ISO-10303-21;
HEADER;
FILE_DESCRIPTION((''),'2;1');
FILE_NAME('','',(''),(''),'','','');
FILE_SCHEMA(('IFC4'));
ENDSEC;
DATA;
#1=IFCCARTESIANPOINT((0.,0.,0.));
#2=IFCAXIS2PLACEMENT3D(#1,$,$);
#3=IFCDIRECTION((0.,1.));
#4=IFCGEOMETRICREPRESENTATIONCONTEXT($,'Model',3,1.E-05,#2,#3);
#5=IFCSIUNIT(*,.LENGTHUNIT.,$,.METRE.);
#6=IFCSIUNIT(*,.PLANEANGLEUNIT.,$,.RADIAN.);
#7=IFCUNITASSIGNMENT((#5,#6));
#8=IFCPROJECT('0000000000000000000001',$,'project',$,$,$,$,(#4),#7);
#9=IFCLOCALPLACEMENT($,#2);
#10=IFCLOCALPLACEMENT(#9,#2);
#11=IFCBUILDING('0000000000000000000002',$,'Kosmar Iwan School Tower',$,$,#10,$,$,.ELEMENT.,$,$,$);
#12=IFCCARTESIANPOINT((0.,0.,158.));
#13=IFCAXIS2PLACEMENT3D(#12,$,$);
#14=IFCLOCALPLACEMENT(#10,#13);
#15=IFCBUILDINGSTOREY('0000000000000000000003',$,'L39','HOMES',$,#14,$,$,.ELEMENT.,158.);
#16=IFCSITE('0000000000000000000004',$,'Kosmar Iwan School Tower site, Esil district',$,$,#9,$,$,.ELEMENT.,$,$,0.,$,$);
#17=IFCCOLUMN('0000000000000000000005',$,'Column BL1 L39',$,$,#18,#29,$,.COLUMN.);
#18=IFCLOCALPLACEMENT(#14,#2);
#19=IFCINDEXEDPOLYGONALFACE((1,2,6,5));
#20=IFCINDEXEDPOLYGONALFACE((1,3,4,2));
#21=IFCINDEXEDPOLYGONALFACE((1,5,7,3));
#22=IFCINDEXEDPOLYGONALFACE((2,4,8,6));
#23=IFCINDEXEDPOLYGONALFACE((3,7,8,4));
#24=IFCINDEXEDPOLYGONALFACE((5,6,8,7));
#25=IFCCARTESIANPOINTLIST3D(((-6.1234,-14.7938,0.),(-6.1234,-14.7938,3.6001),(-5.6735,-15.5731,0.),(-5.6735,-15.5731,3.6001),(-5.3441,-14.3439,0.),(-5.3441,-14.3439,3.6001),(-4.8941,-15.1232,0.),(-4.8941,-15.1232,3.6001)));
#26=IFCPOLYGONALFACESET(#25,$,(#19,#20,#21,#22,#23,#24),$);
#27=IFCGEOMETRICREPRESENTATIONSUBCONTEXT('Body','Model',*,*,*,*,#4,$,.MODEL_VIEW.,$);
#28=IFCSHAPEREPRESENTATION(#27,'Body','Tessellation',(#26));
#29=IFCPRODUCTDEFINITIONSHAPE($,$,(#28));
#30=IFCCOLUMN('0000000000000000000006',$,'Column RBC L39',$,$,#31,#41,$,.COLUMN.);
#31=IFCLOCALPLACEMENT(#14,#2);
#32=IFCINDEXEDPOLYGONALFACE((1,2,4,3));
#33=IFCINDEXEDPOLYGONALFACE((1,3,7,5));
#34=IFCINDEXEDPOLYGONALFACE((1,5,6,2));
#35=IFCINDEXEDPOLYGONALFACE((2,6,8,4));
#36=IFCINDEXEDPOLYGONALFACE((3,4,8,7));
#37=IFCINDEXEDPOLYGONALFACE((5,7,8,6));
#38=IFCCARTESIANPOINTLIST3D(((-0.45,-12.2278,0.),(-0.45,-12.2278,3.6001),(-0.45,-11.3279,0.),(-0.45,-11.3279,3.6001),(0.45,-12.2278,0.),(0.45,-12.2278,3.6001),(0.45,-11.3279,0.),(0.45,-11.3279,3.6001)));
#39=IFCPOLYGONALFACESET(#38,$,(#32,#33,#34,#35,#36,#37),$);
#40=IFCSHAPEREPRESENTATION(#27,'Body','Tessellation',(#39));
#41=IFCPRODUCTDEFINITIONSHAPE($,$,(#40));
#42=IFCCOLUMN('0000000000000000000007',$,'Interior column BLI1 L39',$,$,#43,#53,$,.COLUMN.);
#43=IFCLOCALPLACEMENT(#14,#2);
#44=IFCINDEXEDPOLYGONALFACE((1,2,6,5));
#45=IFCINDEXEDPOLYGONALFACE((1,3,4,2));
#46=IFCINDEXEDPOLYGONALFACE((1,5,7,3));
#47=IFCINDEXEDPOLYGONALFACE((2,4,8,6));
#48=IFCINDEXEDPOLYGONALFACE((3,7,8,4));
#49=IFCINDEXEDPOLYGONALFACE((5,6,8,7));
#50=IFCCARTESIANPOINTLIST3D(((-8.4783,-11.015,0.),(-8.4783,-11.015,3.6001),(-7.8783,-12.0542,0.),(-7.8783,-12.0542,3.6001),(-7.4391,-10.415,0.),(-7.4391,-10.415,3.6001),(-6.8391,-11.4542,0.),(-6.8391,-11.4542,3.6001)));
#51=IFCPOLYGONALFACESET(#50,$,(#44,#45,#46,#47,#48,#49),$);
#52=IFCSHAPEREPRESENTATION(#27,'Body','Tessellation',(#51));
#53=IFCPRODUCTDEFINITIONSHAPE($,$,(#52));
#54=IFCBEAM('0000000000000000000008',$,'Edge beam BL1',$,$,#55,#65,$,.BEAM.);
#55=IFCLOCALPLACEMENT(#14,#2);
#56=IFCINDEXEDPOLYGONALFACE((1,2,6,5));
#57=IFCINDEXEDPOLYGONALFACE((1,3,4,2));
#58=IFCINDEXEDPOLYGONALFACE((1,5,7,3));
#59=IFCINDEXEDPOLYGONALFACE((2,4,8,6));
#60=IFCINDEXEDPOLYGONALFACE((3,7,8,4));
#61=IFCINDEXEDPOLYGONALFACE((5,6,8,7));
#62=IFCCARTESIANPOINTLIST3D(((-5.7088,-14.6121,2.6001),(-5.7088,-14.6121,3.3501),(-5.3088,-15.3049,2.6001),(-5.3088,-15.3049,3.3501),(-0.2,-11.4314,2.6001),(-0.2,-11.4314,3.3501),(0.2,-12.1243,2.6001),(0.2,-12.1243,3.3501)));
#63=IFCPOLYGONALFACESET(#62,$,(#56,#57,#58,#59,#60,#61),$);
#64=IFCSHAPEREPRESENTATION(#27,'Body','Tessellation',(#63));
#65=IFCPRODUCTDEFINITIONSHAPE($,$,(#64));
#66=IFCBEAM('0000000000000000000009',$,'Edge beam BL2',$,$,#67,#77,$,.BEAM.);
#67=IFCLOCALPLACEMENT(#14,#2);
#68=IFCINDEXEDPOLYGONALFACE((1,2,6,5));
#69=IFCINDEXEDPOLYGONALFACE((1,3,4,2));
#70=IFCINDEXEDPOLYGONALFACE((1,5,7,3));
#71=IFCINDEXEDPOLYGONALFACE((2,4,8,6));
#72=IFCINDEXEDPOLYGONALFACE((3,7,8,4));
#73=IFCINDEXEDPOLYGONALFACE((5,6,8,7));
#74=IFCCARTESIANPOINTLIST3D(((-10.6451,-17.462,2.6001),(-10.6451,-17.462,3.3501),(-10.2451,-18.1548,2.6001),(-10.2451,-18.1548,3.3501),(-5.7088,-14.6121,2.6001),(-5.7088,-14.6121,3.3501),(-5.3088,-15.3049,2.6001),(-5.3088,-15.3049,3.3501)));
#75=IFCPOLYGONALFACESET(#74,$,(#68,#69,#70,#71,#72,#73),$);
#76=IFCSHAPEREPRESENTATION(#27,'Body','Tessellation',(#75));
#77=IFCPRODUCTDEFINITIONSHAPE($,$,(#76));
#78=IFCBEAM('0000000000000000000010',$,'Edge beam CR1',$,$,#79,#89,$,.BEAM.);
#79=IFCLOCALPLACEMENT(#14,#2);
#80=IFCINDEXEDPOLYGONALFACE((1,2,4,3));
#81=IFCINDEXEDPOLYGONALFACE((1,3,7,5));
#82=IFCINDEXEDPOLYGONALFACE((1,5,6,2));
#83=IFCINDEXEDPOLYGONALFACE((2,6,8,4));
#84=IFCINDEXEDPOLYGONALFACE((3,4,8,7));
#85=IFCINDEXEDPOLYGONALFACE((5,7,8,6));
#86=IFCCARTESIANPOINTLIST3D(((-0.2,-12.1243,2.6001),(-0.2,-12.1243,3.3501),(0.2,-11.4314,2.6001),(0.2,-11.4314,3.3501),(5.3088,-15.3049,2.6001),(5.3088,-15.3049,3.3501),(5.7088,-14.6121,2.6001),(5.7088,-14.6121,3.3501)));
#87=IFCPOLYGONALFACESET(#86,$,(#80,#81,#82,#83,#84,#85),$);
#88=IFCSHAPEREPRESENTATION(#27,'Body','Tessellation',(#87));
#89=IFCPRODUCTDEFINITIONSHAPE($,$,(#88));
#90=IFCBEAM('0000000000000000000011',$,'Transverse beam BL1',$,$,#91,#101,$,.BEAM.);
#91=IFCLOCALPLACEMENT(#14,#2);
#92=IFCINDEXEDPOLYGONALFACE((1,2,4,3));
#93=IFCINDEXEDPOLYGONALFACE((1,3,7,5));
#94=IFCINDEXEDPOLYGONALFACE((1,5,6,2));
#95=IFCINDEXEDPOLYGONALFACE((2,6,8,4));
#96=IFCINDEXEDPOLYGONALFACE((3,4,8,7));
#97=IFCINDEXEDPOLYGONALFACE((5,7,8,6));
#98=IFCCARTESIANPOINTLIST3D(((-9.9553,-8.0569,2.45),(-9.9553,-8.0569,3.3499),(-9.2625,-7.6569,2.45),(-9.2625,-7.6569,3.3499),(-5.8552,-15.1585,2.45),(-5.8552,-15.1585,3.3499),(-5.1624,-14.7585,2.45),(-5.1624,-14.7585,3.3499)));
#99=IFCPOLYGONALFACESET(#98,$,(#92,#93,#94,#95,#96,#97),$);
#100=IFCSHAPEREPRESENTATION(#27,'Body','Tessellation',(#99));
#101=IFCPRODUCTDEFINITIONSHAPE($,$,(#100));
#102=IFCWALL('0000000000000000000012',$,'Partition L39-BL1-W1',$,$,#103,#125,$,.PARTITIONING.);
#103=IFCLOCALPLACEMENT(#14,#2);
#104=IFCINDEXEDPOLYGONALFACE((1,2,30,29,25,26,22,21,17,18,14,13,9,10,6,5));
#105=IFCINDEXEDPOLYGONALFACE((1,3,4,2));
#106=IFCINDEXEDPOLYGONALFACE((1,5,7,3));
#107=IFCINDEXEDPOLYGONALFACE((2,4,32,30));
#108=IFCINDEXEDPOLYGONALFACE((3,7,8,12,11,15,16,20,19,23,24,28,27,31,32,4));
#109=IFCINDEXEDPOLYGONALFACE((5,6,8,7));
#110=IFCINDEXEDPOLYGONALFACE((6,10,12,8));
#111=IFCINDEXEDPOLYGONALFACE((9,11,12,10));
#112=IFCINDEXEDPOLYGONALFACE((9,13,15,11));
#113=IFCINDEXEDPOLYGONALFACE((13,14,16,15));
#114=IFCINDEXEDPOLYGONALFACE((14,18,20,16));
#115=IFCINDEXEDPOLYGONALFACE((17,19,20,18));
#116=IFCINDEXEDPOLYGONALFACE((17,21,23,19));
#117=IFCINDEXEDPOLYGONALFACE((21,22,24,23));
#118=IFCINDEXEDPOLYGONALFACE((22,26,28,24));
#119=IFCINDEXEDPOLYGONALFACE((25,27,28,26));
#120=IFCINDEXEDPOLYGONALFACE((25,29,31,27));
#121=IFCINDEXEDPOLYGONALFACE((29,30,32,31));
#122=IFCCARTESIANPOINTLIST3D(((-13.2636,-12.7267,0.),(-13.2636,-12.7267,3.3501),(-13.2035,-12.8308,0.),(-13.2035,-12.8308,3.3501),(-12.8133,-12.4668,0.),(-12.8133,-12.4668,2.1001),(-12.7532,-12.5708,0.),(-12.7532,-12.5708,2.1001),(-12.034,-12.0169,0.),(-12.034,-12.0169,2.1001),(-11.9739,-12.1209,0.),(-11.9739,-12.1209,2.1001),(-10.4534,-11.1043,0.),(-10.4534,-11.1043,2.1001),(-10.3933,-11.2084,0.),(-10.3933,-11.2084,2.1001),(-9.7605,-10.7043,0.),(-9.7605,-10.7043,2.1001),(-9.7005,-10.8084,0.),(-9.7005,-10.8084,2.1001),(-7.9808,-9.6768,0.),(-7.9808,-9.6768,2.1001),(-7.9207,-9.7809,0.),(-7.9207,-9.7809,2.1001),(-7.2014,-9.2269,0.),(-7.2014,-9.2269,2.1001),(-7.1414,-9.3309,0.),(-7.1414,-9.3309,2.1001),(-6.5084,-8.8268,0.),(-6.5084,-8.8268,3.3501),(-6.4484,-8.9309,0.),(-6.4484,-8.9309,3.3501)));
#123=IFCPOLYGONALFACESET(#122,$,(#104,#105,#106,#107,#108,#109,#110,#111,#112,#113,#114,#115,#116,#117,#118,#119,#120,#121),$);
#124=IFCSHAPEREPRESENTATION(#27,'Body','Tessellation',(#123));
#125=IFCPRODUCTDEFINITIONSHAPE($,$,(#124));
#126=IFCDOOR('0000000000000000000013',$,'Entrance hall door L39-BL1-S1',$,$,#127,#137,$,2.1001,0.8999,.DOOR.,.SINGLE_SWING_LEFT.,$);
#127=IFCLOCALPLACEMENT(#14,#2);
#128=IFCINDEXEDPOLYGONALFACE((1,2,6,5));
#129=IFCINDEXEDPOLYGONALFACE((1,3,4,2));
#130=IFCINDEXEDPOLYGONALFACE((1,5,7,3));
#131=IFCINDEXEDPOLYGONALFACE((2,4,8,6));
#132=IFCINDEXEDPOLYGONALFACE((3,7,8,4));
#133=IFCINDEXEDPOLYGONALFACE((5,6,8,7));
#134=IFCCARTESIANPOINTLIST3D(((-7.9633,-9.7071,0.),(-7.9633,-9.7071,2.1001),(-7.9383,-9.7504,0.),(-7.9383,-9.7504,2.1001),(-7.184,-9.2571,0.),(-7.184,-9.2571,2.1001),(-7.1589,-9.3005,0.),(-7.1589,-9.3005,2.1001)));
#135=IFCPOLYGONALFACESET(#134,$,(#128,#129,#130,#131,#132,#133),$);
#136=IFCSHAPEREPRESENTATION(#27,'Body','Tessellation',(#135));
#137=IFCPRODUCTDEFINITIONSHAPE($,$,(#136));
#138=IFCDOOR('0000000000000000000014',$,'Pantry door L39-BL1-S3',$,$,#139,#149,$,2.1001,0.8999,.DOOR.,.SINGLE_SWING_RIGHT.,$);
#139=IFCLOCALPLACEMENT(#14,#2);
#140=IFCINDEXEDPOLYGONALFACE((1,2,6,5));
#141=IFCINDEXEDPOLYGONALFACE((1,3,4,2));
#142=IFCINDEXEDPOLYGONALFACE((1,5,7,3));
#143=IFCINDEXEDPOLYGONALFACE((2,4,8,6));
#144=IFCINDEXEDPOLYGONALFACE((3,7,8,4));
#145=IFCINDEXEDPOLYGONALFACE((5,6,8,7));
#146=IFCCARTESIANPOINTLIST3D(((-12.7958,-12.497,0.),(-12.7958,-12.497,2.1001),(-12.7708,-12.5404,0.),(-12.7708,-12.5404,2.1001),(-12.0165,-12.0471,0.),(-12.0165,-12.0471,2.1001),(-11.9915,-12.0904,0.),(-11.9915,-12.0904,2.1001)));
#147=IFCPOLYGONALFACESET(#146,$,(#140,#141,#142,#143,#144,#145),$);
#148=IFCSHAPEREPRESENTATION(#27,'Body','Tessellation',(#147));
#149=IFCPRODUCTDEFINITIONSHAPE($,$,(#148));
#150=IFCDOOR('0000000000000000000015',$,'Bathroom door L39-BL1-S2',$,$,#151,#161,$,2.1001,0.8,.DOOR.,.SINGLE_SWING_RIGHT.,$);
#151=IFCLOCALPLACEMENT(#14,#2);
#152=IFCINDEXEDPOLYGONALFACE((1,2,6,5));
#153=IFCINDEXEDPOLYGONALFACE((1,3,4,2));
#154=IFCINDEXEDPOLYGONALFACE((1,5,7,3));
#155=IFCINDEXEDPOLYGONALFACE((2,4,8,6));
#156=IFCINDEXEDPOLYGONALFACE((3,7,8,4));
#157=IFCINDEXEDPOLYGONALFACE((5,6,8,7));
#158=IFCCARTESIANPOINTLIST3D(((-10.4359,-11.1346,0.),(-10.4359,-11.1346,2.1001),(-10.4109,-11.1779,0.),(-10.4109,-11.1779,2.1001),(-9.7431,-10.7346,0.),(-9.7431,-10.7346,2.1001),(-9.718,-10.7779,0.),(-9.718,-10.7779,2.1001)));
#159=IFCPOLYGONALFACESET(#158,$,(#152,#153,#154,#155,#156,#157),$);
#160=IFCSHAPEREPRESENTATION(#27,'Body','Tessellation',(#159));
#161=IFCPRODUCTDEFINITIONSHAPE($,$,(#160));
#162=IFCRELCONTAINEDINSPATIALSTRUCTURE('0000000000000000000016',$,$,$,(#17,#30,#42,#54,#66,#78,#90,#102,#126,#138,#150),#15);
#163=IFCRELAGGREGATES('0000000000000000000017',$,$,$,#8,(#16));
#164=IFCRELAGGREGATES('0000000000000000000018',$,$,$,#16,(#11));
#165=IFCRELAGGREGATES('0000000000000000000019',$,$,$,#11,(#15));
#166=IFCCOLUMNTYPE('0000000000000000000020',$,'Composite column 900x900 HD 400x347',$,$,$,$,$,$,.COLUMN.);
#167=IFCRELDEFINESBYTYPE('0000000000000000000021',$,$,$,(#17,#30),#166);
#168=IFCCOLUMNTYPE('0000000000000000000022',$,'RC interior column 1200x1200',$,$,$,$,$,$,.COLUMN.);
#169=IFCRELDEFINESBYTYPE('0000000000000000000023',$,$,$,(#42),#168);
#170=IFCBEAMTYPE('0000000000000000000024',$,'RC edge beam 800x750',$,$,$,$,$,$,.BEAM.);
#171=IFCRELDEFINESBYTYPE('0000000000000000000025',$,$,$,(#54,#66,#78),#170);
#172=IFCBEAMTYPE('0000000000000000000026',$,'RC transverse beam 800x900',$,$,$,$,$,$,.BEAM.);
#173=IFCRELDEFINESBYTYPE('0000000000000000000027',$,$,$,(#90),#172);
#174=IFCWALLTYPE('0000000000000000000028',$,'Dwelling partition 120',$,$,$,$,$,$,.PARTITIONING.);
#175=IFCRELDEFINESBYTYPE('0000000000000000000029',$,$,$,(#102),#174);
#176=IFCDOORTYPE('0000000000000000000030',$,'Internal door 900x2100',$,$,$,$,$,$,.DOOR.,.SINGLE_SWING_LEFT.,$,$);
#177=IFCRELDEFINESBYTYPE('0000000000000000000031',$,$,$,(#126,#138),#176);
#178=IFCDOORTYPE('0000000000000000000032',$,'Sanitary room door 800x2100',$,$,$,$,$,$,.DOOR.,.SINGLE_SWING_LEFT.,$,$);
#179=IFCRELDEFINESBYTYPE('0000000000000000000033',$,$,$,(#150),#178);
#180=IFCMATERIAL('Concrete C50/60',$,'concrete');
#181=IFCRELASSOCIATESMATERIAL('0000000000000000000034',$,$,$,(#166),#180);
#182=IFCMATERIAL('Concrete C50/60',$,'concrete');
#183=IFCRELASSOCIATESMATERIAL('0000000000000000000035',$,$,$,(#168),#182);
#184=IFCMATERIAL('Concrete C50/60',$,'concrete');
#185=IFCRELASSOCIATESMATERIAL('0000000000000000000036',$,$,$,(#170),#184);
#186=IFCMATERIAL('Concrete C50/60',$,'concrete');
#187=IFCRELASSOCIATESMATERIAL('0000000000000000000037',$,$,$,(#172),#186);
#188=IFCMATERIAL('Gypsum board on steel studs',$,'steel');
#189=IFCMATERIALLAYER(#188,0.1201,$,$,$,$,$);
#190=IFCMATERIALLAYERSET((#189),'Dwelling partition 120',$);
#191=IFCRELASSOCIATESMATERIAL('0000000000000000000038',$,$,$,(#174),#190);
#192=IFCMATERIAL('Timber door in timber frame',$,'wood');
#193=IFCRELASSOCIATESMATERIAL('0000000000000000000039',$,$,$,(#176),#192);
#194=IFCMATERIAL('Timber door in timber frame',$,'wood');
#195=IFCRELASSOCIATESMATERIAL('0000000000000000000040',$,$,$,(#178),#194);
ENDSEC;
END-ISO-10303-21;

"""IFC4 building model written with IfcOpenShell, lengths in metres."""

from ifc_helpers import new_model, si_unit, direction, frame, frame_2d, origin, origin_2d, place, context, subcontext, project, spatial, rectangle, extrude, material, layer, layer_set, material_profile, profile_set, type_object, element, fill, save


model = new_model("IFC4")

# Units and contexts
model_context = context("Model", 3, precision=1e-05, world=origin(), true_north=direction((0.0, 1.0)))
body_context = subcontext(model_context, "Body", "Model", "MODEL_VIEW")
ifc_project = project(units=[si_unit("LENGTHUNIT", "METRE"), si_unit("PLANEANGLEUNIT", "RADIAN")], contexts=[model_context])

# Site, building, storey
site_placement = place(None, origin())
site = spatial("IfcSite", under=ifc_project, at=site_placement, Name="Kosmar Iwan School Tower site, Esil district", CompositionType="ELEMENT", RefElevation=0.0)
building_placement = place(site_placement, origin())
building = spatial("IfcBuilding", under=site, at=building_placement, Name="Kosmar Iwan School Tower", CompositionType="ELEMENT")
storey_placement = place(building_placement, frame((0.0, 0.0, 158.0)))
storey = spatial("IfcBuildingStorey", under=building, at=storey_placement, Name="L39", Description="HOMES", CompositionType="ELEMENT", Elevation=158.0)

# Columns
ifc_material_1 = material(Name="Concrete C50/60", Category="concrete")
ifc_material_profile_1 = material_profile(ifc_material_1, rectangle(XDim=0.8999, YDim=0.8999, at=origin_2d()), Name="RC 900x900 + HD 400x347")
ifc_profile_set_1 = profile_set([ifc_material_profile_1], Name="Concrete C50/60")
column_type_1 = type_object("IfcColumnType", Name="Composite column 900x900 HD 400x347", PredefinedType="COLUMN", material=ifc_profile_set_1)
for number, where, z_axis, x_axis, name in (
    (1, (-5.5088, -14.9585, 0.0), (0.0, 0.0, 1.0), (-0.866025, -0.5, 0.0), "Column BL1 L39"),
    (2, (0.0, -11.7778, 0.0), (0.0, 0.0, 1.0), (1.0, 0.0, 0.0), "Column RBC L39"),
):
    element("IfcColumn", number, at=place(storey_placement, frame(where, z_axis=z_axis, x_axis=x_axis)), inside=storey, type_object=column_type_1, Name=name, PredefinedType="COLUMN", context=body_context, shape_type="SweptSolid", body=[
        extrude(rectangle(XDim=0.8999, YDim=0.8999, at=origin_2d()), origin(), (0.0, 0.0, 1.0), 3.6001),
    ])
ifc_material_2 = material(Name="Concrete C50/60", Category="concrete")
ifc_material_profile_2 = material_profile(ifc_material_2, rectangle(XDim=1.2, YDim=1.2, at=origin_2d()), Name="RC 1200x1200")
ifc_profile_set_2 = profile_set([ifc_material_profile_2], Name="Concrete C50/60")
column_type_2 = type_object("IfcColumnType", Name="RC interior column 1200x1200", PredefinedType="COLUMN", material=ifc_profile_set_2)
column_placement = place(storey_placement, frame((-7.6587, -11.2346, 0.0), z_axis=(0.0, 0.0, 1.0), x_axis=(-0.866025, -0.5, 0.0)))
element("IfcColumn", 3, at=column_placement, inside=storey, type_object=column_type_2, Name="Interior column BLI1 L39", PredefinedType="COLUMN", context=body_context, shape_type="SweptSolid", body=[
    extrude(rectangle(XDim=1.2, YDim=1.2, at=origin_2d()), origin(), (0.0, 0.0, 1.0), 3.6001),
])

# Beams
ifc_material_3 = material(Name="Concrete C50/60", Category="concrete")
ifc_material_profile_3 = material_profile(ifc_material_3, rectangle(XDim=0.8, YDim=0.75, at=origin_2d()), Name="RC 800x750")
ifc_profile_set_3 = profile_set([ifc_material_profile_3], Name="Concrete C50/60")
beam_type_1 = type_object("IfcBeamType", Name="RC edge beam 800x750", PredefinedType="BEAM", material=ifc_profile_set_3)
beam_1_placement = place(storey_placement, frame((0.0, -11.7778, 2.9751), z_axis=(-0.866014, -0.500019, 0.0), x_axis=(0.500019, -0.866014, 0.0)))
element("IfcBeam", 4, at=beam_1_placement, inside=storey, type_object=beam_type_1, Name="Edge beam BL1", PredefinedType="BEAM", context=body_context, shape_type="SweptSolid", body=[
    extrude(rectangle(XDim=0.8, YDim=0.75, at=origin_2d()), origin(), (0.0, 0.0, 1.0), 6.3611),
])
beam_2_placement = place(storey_placement, frame((-5.5088, -14.9585, 2.9751), z_axis=(-0.866034, -0.499986, 0.0), x_axis=(0.499986, -0.866034, 0.0)))
element("IfcBeam", 5, at=beam_2_placement, inside=storey, type_object=beam_type_1, Name="Edge beam BL2", PredefinedType="BEAM", context=body_context, shape_type="SweptSolid", body=[
    extrude(rectangle(XDim=0.8, YDim=0.75, at=origin_2d()), origin(), (0.0, 0.0, 1.0), 5.7),
])
beam_3_placement = place(storey_placement, frame((0.0, -11.7778, 2.9751), z_axis=(0.866014, -0.500019, 0.0), x_axis=(0.500019, 0.866014, 0.0)))
element("IfcBeam", 6, at=beam_3_placement, inside=storey, type_object=beam_type_1, Name="Edge beam CR1", PredefinedType="BEAM", context=body_context, shape_type="SweptSolid", body=[
    extrude(rectangle(XDim=0.8, YDim=0.75, at=origin_2d()), origin(), (0.0, 0.0, 1.0), 6.3611),
])
ifc_material_4 = material(Name="Concrete C50/60", Category="concrete")
ifc_material_profile_4 = material_profile(ifc_material_4, rectangle(XDim=0.8, YDim=0.8999, at=origin_2d()), Name="RC 800x900")
ifc_profile_set_4 = profile_set([ifc_material_profile_4], Name="Concrete C50/60")
beam_type_2 = type_object("IfcBeamType", Name="RC transverse beam 800x900", PredefinedType="BEAM", material=ifc_profile_set_4)
beam_4_placement = place(storey_placement, frame((-5.5088, -14.9585, 2.8999), z_axis=(-0.500001, 0.866025, 0.0), x_axis=(-0.866025, -0.500001, 0.0)))
element("IfcBeam", 7, at=beam_4_placement, inside=storey, type_object=beam_type_2, Name="Transverse beam BL1", PredefinedType="BEAM", context=body_context, shape_type="SweptSolid", body=[
    extrude(rectangle(XDim=0.8, YDim=0.8999, at=origin_2d()), origin(), (0.0, 0.0, 1.0), 8.2002),
])

# Wall, openings, doors
ifc_material_5 = material(Name="Gypsum board on steel studs", Category="steel")
ifc_layer_1 = layer(ifc_material_5, 0.1201)
ifc_layer_set_1 = layer_set([ifc_layer_1], Name="Dwelling partition 120")
wall_type_1 = type_object("IfcWallType", Name="Dwelling partition 120", PredefinedType="PARTITIONING", material=ifc_layer_set_1)
wall_1_placement = place(storey_placement, frame((-6.4785, -8.8789, 0.0), z_axis=(0.0, 0.0, 1.0), x_axis=(-0.866035, -0.499983, 0.0)))
wall_1 = element("IfcWall", 8, at=wall_1_placement, inside=storey, type_object=wall_type_1, Name="Partition L39-BL1-W1", PredefinedType="PARTITIONING", context=body_context, shape_type="SweptSolid", body=[
    extrude(rectangle(XDim=7.8, YDim=0.1201, at=frame_2d((3.8999, 0.0))), origin(), (0.0, 0.0, 1.0), 3.3501),
])
opening_1_placement = place(wall_1_placement, frame((0.8, 0.0, 0.0)))
opening_1 = element("IfcOpeningElement", 9, at=opening_1_placement, cuts=wall_1, PredefinedType="OPENING", context=body_context, shape_type="SweptSolid", body=[
    extrude(rectangle(XDim=0.8999, YDim=2.1001, at=frame_2d((0.45, 1.05))), frame((0.0, 0.072, 0.0), z_axis=(0.0, -1.0, 0.0), x_axis=(1.0, 0.0, 0.0)), (0.0, 0.0, 1.0), 0.144),
])
opening_2_placement = place(wall_1_placement, frame((3.7551, 0.0, 0.0)))
opening_2 = element("IfcOpeningElement", 10, at=opening_2_placement, cuts=wall_1, PredefinedType="OPENING", context=body_context, shape_type="SweptSolid", body=[
    extrude(rectangle(XDim=0.8, YDim=2.1001, at=frame_2d((0.3999, 1.05))), frame((0.0, 0.072, 0.0), z_axis=(0.0, -1.0, 0.0), x_axis=(1.0, 0.0, 0.0)), (0.0, 0.0, 1.0), 0.144),
])
opening_3_placement = place(wall_1_placement, frame((6.3801, 0.0, 0.0)))
opening_3 = element("IfcOpeningElement", 11, at=opening_3_placement, cuts=wall_1, PredefinedType="OPENING", context=body_context, shape_type="SweptSolid", body=[
    extrude(rectangle(XDim=0.8999, YDim=2.1001, at=frame_2d((0.45, 1.05))), frame((0.0, 0.072, 0.0), z_axis=(0.0, -1.0, 0.0), x_axis=(1.0, 0.0, 0.0)), (0.0, 0.0, 1.0), 0.144),
])
ifc_material_6 = material(Name="Timber door in timber frame", Category="wood")
door_type_1 = type_object("IfcDoorType", Name="Internal door 900x2100", OperationType="SINGLE_SWING_LEFT", PredefinedType="DOOR", material=ifc_material_6)
door_1_placement = place(opening_1_placement, origin())
door_1 = element("IfcDoor", 12, at=door_1_placement, inside=storey, type_object=door_type_1, Name="Entrance hall door L39-BL1-S1", OperationType="SINGLE_SWING_LEFT", OverallHeight=2.1001, OverallWidth=0.8999, PredefinedType="DOOR", context=body_context, shape_type="SweptSolid", body=[
    extrude(rectangle(XDim=0.8999, YDim=2.1001, at=frame_2d((0.45, 1.05))), frame((0.0, 0.0249, 0.0), z_axis=(0.0, -1.0, 0.0), x_axis=(1.0, 0.0, 0.0)), (0.0, 0.0, 1.0), 0.05),
])
fill(opening_1, door_1)
door_2_placement = place(opening_3_placement, origin())
door_2 = element("IfcDoor", 13, at=door_2_placement, inside=storey, type_object=door_type_1, Name="Pantry door L39-BL1-S3", OperationType="SINGLE_SWING_RIGHT", OverallHeight=2.1001, OverallWidth=0.8999, PredefinedType="DOOR", context=body_context, shape_type="SweptSolid", body=[
    extrude(rectangle(XDim=0.8999, YDim=2.1001, at=frame_2d((0.45, 1.05))), frame((0.0, 0.0249, 0.0), z_axis=(0.0, -1.0, 0.0), x_axis=(1.0, 0.0, 0.0)), (0.0, 0.0, 1.0), 0.05),
])
fill(opening_3, door_2)
ifc_material_7 = material(Name="Timber door in timber frame", Category="wood")
door_type_2 = type_object("IfcDoorType", Name="Sanitary room door 800x2100", OperationType="SINGLE_SWING_LEFT", PredefinedType="DOOR", material=ifc_material_7)
door_3_placement = place(opening_2_placement, origin())
door_3 = element("IfcDoor", 14, at=door_3_placement, inside=storey, type_object=door_type_2, Name="Bathroom door L39-BL1-S2", OperationType="SINGLE_SWING_RIGHT", OverallHeight=2.1001, OverallWidth=0.8, PredefinedType="DOOR", context=body_context, shape_type="SweptSolid", body=[
    extrude(rectangle(XDim=0.8, YDim=2.1001, at=frame_2d((0.3999, 1.05))), frame((0.0, 0.0249, 0.0), z_axis=(0.0, -1.0, 0.0), x_axis=(1.0, 0.0, 0.0)), (0.0, 0.0, 1.0), 0.05),
])
fill(opening_2, door_3)

save(model, "model.ifc")
